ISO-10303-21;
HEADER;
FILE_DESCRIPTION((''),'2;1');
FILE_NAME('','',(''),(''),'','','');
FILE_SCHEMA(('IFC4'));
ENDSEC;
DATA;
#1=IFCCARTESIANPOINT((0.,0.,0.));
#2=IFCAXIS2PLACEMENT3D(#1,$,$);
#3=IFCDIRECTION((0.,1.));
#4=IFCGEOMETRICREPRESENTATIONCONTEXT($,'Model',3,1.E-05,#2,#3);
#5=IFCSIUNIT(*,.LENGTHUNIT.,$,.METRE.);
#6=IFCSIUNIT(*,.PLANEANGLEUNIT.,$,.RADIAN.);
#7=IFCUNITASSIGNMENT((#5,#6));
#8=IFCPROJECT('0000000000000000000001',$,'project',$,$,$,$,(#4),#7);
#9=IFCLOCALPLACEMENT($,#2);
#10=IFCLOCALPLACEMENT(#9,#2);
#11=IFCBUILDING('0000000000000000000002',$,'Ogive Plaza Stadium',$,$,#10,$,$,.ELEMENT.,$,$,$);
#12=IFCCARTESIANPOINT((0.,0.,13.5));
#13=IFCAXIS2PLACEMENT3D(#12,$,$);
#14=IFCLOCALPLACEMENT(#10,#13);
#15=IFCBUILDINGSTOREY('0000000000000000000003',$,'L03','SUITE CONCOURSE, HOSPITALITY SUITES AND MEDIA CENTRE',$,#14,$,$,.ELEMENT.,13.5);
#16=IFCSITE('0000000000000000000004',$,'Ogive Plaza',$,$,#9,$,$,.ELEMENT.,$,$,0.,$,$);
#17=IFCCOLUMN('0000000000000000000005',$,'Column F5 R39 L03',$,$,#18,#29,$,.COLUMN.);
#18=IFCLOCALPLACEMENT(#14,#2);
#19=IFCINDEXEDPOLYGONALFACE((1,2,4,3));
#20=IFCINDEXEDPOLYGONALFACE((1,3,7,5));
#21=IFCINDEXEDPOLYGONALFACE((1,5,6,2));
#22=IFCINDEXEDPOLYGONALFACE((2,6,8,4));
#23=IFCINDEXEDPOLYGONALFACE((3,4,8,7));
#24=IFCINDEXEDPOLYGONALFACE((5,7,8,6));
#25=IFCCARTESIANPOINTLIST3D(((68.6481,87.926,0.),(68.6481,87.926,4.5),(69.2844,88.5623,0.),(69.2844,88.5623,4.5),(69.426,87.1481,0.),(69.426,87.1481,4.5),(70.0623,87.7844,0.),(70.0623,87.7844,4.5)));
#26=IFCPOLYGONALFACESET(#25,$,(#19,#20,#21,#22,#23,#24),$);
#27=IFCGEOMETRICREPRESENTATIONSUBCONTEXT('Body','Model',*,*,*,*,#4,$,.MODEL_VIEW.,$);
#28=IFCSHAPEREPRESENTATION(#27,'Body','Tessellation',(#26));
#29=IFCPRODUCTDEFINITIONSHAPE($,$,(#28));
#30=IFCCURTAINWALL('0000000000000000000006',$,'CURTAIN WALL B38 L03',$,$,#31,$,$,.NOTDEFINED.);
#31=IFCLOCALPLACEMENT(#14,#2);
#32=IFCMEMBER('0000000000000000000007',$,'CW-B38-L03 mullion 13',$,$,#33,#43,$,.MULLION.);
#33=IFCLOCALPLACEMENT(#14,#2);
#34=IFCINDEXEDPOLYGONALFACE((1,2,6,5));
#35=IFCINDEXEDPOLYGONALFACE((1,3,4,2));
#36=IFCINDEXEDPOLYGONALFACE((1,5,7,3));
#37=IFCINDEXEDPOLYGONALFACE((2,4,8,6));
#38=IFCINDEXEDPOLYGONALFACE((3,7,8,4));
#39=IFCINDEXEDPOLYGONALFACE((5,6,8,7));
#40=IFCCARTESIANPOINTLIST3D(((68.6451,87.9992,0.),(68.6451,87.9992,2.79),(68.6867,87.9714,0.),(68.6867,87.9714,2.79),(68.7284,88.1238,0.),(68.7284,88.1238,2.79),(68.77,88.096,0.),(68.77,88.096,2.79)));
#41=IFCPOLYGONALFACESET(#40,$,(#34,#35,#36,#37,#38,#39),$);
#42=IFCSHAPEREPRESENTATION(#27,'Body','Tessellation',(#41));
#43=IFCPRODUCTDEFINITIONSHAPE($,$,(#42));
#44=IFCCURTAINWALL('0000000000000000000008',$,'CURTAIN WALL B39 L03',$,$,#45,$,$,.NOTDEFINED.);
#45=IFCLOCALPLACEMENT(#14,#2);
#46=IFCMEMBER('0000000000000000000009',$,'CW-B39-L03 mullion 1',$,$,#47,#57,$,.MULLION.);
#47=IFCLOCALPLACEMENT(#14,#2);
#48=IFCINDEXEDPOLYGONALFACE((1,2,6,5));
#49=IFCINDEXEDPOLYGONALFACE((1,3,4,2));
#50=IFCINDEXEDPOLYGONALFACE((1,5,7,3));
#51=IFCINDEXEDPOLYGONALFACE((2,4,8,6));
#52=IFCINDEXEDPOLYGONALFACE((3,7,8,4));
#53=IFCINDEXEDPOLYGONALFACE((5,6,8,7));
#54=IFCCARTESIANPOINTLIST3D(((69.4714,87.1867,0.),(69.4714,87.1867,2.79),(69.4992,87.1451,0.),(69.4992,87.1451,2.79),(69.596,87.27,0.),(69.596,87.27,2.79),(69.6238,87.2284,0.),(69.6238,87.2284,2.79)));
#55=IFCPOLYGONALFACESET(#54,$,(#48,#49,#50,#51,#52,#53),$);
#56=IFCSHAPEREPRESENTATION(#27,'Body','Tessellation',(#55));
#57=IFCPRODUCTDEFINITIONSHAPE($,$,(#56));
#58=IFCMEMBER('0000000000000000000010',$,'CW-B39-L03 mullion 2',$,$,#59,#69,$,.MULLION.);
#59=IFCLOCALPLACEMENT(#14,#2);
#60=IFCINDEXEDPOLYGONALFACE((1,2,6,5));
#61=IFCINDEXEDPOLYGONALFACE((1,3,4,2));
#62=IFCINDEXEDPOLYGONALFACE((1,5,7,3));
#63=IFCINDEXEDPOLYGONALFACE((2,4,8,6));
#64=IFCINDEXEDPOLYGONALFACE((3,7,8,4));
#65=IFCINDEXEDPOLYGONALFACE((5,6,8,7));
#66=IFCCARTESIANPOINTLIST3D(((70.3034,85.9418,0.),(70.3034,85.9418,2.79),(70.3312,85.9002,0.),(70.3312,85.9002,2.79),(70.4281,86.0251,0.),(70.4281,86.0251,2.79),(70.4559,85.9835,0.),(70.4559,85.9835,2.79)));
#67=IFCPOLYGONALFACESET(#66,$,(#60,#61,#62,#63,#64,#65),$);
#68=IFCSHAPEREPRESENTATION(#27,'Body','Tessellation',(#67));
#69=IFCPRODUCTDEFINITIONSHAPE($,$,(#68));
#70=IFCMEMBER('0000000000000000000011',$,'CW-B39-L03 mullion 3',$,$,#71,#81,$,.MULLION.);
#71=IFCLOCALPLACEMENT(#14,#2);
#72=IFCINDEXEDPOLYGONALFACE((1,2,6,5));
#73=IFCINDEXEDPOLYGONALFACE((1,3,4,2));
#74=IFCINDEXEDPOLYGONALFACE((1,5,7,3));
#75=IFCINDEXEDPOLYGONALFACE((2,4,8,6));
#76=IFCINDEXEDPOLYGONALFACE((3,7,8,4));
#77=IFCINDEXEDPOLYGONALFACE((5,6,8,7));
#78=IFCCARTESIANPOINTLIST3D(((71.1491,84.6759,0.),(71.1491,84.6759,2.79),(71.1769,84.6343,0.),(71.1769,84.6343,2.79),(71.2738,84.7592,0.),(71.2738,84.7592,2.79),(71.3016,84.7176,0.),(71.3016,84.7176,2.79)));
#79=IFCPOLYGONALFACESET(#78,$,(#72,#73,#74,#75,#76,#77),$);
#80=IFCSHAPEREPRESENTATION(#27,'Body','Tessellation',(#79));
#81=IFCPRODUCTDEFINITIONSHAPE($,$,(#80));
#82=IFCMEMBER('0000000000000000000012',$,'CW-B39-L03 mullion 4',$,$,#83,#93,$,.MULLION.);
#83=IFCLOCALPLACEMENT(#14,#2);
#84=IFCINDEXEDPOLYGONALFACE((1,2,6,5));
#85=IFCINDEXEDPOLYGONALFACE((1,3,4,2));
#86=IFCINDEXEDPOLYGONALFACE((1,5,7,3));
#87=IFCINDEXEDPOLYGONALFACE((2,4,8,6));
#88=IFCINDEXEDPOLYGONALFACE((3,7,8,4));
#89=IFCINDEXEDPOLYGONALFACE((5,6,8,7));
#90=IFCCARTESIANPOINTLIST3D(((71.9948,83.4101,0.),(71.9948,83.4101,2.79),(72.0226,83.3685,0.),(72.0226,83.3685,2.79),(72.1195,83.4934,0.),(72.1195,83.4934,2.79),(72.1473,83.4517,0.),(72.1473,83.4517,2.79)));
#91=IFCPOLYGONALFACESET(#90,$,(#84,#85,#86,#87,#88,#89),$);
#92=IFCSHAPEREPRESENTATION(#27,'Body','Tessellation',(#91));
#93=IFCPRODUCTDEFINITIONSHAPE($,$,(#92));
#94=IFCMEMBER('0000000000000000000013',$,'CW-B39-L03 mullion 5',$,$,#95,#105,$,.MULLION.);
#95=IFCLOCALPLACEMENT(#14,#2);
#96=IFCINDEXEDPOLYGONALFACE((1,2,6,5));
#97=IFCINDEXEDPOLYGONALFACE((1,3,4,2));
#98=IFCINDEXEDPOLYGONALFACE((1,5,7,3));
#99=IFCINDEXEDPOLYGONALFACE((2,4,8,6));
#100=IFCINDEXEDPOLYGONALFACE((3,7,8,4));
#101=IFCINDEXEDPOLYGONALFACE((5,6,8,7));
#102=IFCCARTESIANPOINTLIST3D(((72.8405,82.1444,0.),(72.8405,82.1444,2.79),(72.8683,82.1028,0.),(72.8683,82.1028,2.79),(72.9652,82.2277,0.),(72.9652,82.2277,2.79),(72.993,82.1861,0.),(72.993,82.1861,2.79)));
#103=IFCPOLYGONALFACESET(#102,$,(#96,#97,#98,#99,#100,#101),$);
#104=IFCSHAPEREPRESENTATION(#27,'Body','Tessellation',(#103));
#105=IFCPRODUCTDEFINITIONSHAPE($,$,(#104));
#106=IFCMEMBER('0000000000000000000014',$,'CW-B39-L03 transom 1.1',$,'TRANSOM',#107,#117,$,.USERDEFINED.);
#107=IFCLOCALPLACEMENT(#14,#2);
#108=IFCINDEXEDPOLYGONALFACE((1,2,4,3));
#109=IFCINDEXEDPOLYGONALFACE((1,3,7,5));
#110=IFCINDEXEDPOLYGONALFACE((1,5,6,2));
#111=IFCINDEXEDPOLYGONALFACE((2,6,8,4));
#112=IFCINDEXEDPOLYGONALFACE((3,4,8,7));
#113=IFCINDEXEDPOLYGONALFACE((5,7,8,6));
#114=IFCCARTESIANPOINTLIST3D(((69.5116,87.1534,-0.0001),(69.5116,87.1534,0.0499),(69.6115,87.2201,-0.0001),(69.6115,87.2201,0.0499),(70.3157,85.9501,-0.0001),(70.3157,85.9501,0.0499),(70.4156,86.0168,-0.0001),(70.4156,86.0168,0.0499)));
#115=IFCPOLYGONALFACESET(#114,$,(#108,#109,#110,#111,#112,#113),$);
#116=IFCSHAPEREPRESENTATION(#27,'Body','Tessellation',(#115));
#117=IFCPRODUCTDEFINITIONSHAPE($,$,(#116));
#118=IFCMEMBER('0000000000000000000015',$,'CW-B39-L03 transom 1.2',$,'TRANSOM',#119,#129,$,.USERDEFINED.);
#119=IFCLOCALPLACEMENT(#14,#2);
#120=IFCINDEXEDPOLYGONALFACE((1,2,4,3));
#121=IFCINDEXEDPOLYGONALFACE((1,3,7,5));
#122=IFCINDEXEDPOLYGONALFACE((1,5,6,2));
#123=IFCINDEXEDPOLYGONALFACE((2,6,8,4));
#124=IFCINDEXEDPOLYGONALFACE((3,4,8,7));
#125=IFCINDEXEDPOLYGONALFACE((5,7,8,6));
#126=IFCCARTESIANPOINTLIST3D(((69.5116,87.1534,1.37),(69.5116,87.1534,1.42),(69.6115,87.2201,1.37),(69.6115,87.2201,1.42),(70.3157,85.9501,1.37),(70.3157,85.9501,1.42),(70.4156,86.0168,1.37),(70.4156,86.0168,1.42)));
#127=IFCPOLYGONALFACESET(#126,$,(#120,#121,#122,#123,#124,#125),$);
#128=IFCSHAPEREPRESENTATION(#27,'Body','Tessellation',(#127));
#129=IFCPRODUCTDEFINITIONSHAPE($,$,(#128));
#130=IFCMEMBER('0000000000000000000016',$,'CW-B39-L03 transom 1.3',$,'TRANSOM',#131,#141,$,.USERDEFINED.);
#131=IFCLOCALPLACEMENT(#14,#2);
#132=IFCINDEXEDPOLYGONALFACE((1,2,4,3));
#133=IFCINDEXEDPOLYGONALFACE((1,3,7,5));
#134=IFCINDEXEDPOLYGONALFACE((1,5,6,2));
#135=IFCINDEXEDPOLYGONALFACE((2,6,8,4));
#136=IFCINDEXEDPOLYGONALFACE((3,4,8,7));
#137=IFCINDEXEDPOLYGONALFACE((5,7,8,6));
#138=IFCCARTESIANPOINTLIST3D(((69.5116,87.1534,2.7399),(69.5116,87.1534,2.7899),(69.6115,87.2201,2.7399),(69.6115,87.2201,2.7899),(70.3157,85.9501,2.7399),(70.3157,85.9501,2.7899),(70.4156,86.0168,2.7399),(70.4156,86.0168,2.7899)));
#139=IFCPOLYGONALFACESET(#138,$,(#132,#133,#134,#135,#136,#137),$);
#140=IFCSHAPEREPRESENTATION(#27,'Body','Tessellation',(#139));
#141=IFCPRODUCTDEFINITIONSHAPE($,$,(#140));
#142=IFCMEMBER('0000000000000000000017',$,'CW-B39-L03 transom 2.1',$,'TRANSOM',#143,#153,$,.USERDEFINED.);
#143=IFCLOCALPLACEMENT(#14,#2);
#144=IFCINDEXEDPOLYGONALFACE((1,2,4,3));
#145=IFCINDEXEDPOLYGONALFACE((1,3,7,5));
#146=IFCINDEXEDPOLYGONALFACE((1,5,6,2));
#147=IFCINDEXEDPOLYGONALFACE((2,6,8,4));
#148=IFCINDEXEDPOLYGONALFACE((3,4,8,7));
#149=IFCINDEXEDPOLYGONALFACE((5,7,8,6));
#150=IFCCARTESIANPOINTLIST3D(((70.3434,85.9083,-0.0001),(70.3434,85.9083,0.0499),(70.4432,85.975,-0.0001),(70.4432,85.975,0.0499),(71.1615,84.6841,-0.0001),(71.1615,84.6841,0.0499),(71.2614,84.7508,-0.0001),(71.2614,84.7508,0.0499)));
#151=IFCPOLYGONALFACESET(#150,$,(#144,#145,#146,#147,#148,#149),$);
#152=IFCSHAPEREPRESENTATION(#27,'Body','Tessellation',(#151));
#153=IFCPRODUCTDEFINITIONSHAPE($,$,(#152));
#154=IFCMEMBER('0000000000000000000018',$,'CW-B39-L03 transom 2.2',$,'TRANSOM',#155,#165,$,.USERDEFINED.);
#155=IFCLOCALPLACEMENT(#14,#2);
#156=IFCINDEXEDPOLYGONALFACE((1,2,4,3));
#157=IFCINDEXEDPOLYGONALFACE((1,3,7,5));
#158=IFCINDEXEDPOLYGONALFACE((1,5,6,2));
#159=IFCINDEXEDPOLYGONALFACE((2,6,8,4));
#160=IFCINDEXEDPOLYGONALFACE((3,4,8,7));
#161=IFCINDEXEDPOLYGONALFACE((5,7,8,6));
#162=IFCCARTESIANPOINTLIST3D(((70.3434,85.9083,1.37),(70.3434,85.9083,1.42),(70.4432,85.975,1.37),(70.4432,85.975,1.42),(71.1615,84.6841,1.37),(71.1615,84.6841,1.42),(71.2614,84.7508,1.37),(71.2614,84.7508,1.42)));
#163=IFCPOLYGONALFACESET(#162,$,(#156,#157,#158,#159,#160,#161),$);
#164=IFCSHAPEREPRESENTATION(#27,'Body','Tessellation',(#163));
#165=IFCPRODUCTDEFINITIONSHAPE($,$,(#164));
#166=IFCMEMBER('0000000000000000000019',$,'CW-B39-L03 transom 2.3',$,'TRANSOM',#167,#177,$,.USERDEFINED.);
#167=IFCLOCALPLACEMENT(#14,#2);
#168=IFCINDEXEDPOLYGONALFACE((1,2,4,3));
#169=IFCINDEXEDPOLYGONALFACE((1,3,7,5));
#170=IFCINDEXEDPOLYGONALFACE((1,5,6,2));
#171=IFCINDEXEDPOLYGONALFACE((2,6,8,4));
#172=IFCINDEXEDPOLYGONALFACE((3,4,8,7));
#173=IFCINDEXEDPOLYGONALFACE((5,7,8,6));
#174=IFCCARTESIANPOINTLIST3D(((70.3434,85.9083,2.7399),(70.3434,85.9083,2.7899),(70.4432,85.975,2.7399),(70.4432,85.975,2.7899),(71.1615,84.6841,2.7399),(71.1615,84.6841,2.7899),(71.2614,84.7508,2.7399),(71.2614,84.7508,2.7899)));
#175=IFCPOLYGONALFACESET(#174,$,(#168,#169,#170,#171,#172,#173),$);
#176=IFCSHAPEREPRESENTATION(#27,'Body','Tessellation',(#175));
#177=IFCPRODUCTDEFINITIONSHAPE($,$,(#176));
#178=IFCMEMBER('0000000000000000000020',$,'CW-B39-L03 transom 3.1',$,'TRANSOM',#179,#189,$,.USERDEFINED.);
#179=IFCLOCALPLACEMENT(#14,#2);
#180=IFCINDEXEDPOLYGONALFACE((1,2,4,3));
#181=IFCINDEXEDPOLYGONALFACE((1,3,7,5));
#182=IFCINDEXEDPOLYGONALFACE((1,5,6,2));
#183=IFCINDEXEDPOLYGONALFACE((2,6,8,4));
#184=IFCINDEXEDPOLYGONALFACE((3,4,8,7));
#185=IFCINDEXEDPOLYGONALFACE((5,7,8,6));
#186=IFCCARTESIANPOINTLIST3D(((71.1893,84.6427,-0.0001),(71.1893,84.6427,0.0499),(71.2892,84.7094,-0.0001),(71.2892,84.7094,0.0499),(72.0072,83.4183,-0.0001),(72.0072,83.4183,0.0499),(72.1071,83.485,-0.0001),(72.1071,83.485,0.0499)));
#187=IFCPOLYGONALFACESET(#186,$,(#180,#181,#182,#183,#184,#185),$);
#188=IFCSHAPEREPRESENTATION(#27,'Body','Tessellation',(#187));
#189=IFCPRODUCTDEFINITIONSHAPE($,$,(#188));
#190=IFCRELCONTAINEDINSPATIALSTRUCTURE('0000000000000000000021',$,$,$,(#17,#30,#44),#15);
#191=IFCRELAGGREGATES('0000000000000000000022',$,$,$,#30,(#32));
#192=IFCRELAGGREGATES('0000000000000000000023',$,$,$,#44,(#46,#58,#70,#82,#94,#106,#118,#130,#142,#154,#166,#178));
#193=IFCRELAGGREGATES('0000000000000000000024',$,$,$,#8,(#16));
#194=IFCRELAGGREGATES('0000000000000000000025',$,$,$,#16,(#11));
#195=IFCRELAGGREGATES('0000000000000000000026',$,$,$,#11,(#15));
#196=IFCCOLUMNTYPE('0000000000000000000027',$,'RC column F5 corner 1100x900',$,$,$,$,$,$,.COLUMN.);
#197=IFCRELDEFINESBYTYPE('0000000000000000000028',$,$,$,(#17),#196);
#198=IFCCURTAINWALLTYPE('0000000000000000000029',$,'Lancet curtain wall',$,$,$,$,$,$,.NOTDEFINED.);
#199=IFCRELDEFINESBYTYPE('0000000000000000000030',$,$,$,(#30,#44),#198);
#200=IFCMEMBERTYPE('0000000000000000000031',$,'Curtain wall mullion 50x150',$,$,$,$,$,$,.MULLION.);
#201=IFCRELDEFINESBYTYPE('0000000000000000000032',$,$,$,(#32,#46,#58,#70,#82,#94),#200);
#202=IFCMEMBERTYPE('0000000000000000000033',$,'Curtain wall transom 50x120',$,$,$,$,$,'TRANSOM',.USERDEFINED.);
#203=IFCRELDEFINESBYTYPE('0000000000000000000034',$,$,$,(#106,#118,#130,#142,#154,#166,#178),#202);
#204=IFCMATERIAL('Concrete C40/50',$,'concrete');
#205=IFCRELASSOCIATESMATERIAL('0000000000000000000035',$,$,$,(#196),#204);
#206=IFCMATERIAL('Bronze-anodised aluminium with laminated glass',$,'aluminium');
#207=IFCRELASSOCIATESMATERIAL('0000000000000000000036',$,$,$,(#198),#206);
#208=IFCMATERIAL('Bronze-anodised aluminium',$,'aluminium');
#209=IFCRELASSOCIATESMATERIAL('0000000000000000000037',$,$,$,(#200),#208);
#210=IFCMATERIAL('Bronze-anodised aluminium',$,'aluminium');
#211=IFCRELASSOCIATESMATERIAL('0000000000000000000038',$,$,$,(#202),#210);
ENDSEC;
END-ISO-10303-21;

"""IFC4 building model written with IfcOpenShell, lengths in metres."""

from ifc_helpers import new_model, si_unit, direction, frame, origin, origin_2d, place, context, subcontext, project, spatial, rectangle, extrude, material, material_profile, profile_set, type_object, element, aggregate, save


model = new_model("IFC4")

# Units and contexts
model_context = context("Model", 3, precision=1e-05, world=origin(), true_north=direction((0.0, 1.0)))
body_context = subcontext(model_context, "Body", "Model", "MODEL_VIEW")
ifc_project = project(units=[si_unit("LENGTHUNIT", "METRE"), si_unit("PLANEANGLEUNIT", "RADIAN")], contexts=[model_context])

# Site, building, storey
site_placement = place(None, origin())
site = spatial("IfcSite", under=ifc_project, at=site_placement, Name="Ogive Plaza", CompositionType="ELEMENT", RefElevation=0.0)
building_placement = place(site_placement, origin())
building = spatial("IfcBuilding", under=site, at=building_placement, Name="Ogive Plaza Stadium", CompositionType="ELEMENT")
storey_placement = place(building_placement, frame((0.0, 0.0, 13.5)))
storey = spatial("IfcBuildingStorey", under=building, at=storey_placement, Name="L03", Description="SUITE CONCOURSE, HOSPITALITY SUITES AND MEDIA CENTRE", CompositionType="ELEMENT", Elevation=13.5)

# Column
ifc_material_1 = material(Name="Concrete C40/50", Category="concrete")
ifc_material_profile_1 = material_profile(ifc_material_1, rectangle(XDim=1.1001, YDim=0.8999, at=origin_2d()), Name="RC 1100x900")
ifc_profile_set_1 = profile_set([ifc_material_profile_1], Name="Concrete C40/50")
column_type = type_object("IfcColumnType", Name="RC column F5 corner 1100x900", PredefinedType="COLUMN", material=ifc_profile_set_1)
column_placement = place(storey_placement, frame((69.3552, 87.8552, 0.0), z_axis=(0.0, 0.0, 1.0), x_axis=(-0.707107, 0.707107, 0.0)))
element("IfcColumn", 1, at=column_placement, inside=storey, type_object=column_type, Name="Column F5 R39 L03", PredefinedType="COLUMN", context=body_context, shape_type="SweptSolid", body=[
    extrude(rectangle(XDim=1.1001, YDim=0.8999, at=origin_2d()), origin(), (0.0, 0.0, 1.0), 4.5),
])

# Curtain wall, member
ifc_material_2 = material(Name="Bronze-anodised aluminium with laminated glass", Category="aluminium")
curtain_wall_type = type_object("IfcCurtainWallType", Name="Lancet curtain wall", PredefinedType="NOTDEFINED", material=ifc_material_2)
curtain_wall_1_placement = place(storey_placement, origin())
curtain_wall_1 = element("IfcCurtainWall", 2, at=curtain_wall_1_placement, inside=storey, type_object=curtain_wall_type, Name="CURTAIN WALL B38 L03", PredefinedType="NOTDEFINED")
ifc_material_3 = material(Name="Bronze-anodised aluminium", Category="aluminium")
ifc_material_profile_2 = material_profile(ifc_material_3, rectangle(XDim=0.1499, YDim=0.05, at=origin_2d()), Name="AL 150x50")
ifc_profile_set_2 = profile_set([ifc_material_profile_2], Name="Bronze-anodised aluminium")
member_type_1 = type_object("IfcMemberType", Name="Curtain wall mullion 50x150", PredefinedType="MULLION", material=ifc_profile_set_2)
member_1_placement = place(storey_placement, frame((68.7075, 88.0476, 0.0), z_axis=(0.0, 0.0, 1.0), x_axis=(0.55557, 0.83147, 0.0)))
member_1 = element("IfcMember", 3, at=member_1_placement, type_object=member_type_1, Name="CW-B38-L03 mullion 13", PredefinedType="MULLION", context=body_context, shape_type="SweptSolid", body=[
    extrude(rectangle(XDim=0.1499, YDim=0.05, at=origin_2d()), origin(), (0.0, 0.0, 1.0), 2.79),
])

# Curtain wall, members
curtain_wall_2_placement = place(storey_placement, origin())
curtain_wall_2 = element("IfcCurtainWall", 4, at=curtain_wall_2_placement, inside=storey, type_object=curtain_wall_type, Name="CURTAIN WALL B39 L03", PredefinedType="NOTDEFINED")
member_2_placement = place(storey_placement, frame((69.5476, 87.2075, 0.0), z_axis=(0.0, 0.0, 1.0), x_axis=(0.83147, 0.55557, 0.0)))
member_2 = element("IfcMember", 5, at=member_2_placement, type_object=member_type_1, Name="CW-B39-L03 mullion 1", PredefinedType="MULLION", context=body_context, shape_type="SweptSolid", body=[
    extrude(rectangle(XDim=0.1499, YDim=0.05, at=origin_2d()), origin(), (0.0, 0.0, 1.0), 2.79),
])
member_3_placement = place(storey_placement, frame((70.3796, 85.9626, 0.0), z_axis=(0.0, 0.0, 1.0), x_axis=(0.83147, 0.55557, 0.0)))
member_3 = element("IfcMember", 6, at=member_3_placement, type_object=member_type_1, Name="CW-B39-L03 mullion 2", PredefinedType="MULLION", context=body_context, shape_type="SweptSolid", body=[
    extrude(rectangle(XDim=0.1499, YDim=0.05, at=origin_2d()), origin(), (0.0, 0.0, 1.0), 2.79),
])
member_4_placement = place(storey_placement, frame((71.2253, 84.6968, 0.0), z_axis=(0.0, 0.0, 1.0), x_axis=(0.83147, 0.55557, 0.0)))
member_4 = element("IfcMember", 7, at=member_4_placement, type_object=member_type_1, Name="CW-B39-L03 mullion 3", PredefinedType="MULLION", context=body_context, shape_type="SweptSolid", body=[
    extrude(rectangle(XDim=0.1499, YDim=0.05, at=origin_2d()), origin(), (0.0, 0.0, 1.0), 2.79),
])
member_5_placement = place(storey_placement, frame((72.071, 83.4309, 0.0), z_axis=(0.0, 0.0, 1.0), x_axis=(0.83147, 0.55557, 0.0)))
member_5 = element("IfcMember", 8, at=member_5_placement, type_object=member_type_1, Name="CW-B39-L03 mullion 4", PredefinedType="MULLION", context=body_context, shape_type="SweptSolid", body=[
    extrude(rectangle(XDim=0.1499, YDim=0.05, at=origin_2d()), origin(), (0.0, 0.0, 1.0), 2.79),
])
member_6_placement = place(storey_placement, frame((72.9167, 82.1653, 0.0), z_axis=(0.0, 0.0, 1.0), x_axis=(0.83147, 0.55557, 0.0)))
member_6 = element("IfcMember", 9, at=member_6_placement, type_object=member_type_1, Name="CW-B39-L03 mullion 5", PredefinedType="MULLION", context=body_context, shape_type="SweptSolid", body=[
    extrude(rectangle(XDim=0.1499, YDim=0.05, at=origin_2d()), origin(), (0.0, 0.0, 1.0), 2.79),
])
ifc_material_4 = material(Name="Bronze-anodised aluminium", Category="aluminium")
ifc_material_profile_3 = material_profile(ifc_material_4, rectangle(XDim=0.1201, YDim=0.05, at=origin_2d()), Name="AL 120x50")
ifc_profile_set_3 = profile_set([ifc_material_profile_3], Name="Bronze-anodised aluminium")
member_type_2 = type_object("IfcMemberType", Name="Curtain wall transom 50x120", ElementType="TRANSOM", PredefinedType="USERDEFINED", material=ifc_profile_set_3)
member_7_placement = place(storey_placement, frame((69.5615, 87.1868, 0.0249), z_axis=(0.555634, -0.831427, 0.0), x_axis=(0.831427, 0.555634, 0.0)))
member_7 = element("IfcMember", 10, at=member_7_placement, type_object=member_type_2, Name="CW-B39-L03 transom 1.1", ObjectType="TRANSOM", PredefinedType="USERDEFINED", context=body_context, shape_type="SweptSolid", body=[
    extrude(rectangle(XDim=0.1201, YDim=0.05, at=origin_2d()), origin(), (0.0, 0.0, 1.0), 1.4473),
])
member_8_placement = place(storey_placement, frame((69.5615, 87.1868, 1.395), z_axis=(0.555634, -0.831427, 0.0), x_axis=(0.831427, 0.555634, 0.0)))
member_8 = element("IfcMember", 11, at=member_8_placement, type_object=member_type_2, Name="CW-B39-L03 transom 1.2", ObjectType="TRANSOM", PredefinedType="USERDEFINED", context=body_context, shape_type="SweptSolid", body=[
    extrude(rectangle(XDim=0.1201, YDim=0.05, at=origin_2d()), origin(), (0.0, 0.0, 1.0), 1.4473),
])
member_9_placement = place(storey_placement, frame((69.5615, 87.1868, 2.7649), z_axis=(0.555634, -0.831427, 0.0), x_axis=(0.831427, 0.555634, 0.0)))
member_9 = element("IfcMember", 12, at=member_9_placement, type_object=member_type_2, Name="CW-B39-L03 transom 1.3", ObjectType="TRANSOM", PredefinedType="USERDEFINED", context=body_context, shape_type="SweptSolid", body=[
    extrude(rectangle(XDim=0.1201, YDim=0.05, at=origin_2d()), origin(), (0.0, 0.0, 1.0), 1.4473),
])
member_10_placement = place(storey_placement, frame((70.3933, 85.9417, 0.0249), z_axis=(0.555656, -0.831412, 0.0), x_axis=(0.831412, 0.555656, 0.0)))
member_10 = element("IfcMember", 13, at=member_10_placement, type_object=member_type_2, Name="CW-B39-L03 transom 2.1", ObjectType="TRANSOM", PredefinedType="USERDEFINED", context=body_context, shape_type="SweptSolid", body=[
    extrude(rectangle(XDim=0.1201, YDim=0.05, at=origin_2d()), origin(), (0.0, 0.0, 1.0), 1.4724),
])
member_11_placement = place(storey_placement, frame((70.3933, 85.9417, 1.395), z_axis=(0.555656, -0.831412, 0.0), x_axis=(0.831412, 0.555656, 0.0)))
member_11 = element("IfcMember", 14, at=member_11_placement, type_object=member_type_2, Name="CW-B39-L03 transom 2.2", ObjectType="TRANSOM", PredefinedType="USERDEFINED", context=body_context, shape_type="SweptSolid", body=[
    extrude(rectangle(XDim=0.1201, YDim=0.05, at=origin_2d()), origin(), (0.0, 0.0, 1.0), 1.4724),
])
member_12_placement = place(storey_placement, frame((70.3933, 85.9417, 2.7649), z_axis=(0.555656, -0.831412, 0.0), x_axis=(0.831412, 0.555656, 0.0)))
member_12 = element("IfcMember", 15, at=member_12_placement, type_object=member_type_2, Name="CW-B39-L03 transom 2.3", ObjectType="TRANSOM", PredefinedType="USERDEFINED", context=body_context, shape_type="SweptSolid", body=[
    extrude(rectangle(XDim=0.1201, YDim=0.05, at=origin_2d()), origin(), (0.0, 0.0, 1.0), 1.4724),
])
member_13_placement = place(storey_placement, frame((71.2393, 84.676, 0.0249), z_axis=(0.555465, -0.83154, 0.0), x_axis=(0.83154, 0.555465, 0.0)))
member_13 = element("IfcMember", 16, at=member_13_placement, type_object=member_type_2, Name="CW-B39-L03 transom 3.1", ObjectType="TRANSOM", PredefinedType="USERDEFINED", context=body_context, shape_type="SweptSolid", body=[
    extrude(rectangle(XDim=0.1201, YDim=0.05, at=origin_2d()), origin(), (0.0, 0.0, 1.0), 1.4724),
])

aggregate(curtain_wall_1, [member_1])
aggregate(curtain_wall_2, [member_2, member_3, member_4, member_5, member_6, member_7, member_8, member_9, member_10, member_11, member_12, member_13])

save(model, "model.ifc")
